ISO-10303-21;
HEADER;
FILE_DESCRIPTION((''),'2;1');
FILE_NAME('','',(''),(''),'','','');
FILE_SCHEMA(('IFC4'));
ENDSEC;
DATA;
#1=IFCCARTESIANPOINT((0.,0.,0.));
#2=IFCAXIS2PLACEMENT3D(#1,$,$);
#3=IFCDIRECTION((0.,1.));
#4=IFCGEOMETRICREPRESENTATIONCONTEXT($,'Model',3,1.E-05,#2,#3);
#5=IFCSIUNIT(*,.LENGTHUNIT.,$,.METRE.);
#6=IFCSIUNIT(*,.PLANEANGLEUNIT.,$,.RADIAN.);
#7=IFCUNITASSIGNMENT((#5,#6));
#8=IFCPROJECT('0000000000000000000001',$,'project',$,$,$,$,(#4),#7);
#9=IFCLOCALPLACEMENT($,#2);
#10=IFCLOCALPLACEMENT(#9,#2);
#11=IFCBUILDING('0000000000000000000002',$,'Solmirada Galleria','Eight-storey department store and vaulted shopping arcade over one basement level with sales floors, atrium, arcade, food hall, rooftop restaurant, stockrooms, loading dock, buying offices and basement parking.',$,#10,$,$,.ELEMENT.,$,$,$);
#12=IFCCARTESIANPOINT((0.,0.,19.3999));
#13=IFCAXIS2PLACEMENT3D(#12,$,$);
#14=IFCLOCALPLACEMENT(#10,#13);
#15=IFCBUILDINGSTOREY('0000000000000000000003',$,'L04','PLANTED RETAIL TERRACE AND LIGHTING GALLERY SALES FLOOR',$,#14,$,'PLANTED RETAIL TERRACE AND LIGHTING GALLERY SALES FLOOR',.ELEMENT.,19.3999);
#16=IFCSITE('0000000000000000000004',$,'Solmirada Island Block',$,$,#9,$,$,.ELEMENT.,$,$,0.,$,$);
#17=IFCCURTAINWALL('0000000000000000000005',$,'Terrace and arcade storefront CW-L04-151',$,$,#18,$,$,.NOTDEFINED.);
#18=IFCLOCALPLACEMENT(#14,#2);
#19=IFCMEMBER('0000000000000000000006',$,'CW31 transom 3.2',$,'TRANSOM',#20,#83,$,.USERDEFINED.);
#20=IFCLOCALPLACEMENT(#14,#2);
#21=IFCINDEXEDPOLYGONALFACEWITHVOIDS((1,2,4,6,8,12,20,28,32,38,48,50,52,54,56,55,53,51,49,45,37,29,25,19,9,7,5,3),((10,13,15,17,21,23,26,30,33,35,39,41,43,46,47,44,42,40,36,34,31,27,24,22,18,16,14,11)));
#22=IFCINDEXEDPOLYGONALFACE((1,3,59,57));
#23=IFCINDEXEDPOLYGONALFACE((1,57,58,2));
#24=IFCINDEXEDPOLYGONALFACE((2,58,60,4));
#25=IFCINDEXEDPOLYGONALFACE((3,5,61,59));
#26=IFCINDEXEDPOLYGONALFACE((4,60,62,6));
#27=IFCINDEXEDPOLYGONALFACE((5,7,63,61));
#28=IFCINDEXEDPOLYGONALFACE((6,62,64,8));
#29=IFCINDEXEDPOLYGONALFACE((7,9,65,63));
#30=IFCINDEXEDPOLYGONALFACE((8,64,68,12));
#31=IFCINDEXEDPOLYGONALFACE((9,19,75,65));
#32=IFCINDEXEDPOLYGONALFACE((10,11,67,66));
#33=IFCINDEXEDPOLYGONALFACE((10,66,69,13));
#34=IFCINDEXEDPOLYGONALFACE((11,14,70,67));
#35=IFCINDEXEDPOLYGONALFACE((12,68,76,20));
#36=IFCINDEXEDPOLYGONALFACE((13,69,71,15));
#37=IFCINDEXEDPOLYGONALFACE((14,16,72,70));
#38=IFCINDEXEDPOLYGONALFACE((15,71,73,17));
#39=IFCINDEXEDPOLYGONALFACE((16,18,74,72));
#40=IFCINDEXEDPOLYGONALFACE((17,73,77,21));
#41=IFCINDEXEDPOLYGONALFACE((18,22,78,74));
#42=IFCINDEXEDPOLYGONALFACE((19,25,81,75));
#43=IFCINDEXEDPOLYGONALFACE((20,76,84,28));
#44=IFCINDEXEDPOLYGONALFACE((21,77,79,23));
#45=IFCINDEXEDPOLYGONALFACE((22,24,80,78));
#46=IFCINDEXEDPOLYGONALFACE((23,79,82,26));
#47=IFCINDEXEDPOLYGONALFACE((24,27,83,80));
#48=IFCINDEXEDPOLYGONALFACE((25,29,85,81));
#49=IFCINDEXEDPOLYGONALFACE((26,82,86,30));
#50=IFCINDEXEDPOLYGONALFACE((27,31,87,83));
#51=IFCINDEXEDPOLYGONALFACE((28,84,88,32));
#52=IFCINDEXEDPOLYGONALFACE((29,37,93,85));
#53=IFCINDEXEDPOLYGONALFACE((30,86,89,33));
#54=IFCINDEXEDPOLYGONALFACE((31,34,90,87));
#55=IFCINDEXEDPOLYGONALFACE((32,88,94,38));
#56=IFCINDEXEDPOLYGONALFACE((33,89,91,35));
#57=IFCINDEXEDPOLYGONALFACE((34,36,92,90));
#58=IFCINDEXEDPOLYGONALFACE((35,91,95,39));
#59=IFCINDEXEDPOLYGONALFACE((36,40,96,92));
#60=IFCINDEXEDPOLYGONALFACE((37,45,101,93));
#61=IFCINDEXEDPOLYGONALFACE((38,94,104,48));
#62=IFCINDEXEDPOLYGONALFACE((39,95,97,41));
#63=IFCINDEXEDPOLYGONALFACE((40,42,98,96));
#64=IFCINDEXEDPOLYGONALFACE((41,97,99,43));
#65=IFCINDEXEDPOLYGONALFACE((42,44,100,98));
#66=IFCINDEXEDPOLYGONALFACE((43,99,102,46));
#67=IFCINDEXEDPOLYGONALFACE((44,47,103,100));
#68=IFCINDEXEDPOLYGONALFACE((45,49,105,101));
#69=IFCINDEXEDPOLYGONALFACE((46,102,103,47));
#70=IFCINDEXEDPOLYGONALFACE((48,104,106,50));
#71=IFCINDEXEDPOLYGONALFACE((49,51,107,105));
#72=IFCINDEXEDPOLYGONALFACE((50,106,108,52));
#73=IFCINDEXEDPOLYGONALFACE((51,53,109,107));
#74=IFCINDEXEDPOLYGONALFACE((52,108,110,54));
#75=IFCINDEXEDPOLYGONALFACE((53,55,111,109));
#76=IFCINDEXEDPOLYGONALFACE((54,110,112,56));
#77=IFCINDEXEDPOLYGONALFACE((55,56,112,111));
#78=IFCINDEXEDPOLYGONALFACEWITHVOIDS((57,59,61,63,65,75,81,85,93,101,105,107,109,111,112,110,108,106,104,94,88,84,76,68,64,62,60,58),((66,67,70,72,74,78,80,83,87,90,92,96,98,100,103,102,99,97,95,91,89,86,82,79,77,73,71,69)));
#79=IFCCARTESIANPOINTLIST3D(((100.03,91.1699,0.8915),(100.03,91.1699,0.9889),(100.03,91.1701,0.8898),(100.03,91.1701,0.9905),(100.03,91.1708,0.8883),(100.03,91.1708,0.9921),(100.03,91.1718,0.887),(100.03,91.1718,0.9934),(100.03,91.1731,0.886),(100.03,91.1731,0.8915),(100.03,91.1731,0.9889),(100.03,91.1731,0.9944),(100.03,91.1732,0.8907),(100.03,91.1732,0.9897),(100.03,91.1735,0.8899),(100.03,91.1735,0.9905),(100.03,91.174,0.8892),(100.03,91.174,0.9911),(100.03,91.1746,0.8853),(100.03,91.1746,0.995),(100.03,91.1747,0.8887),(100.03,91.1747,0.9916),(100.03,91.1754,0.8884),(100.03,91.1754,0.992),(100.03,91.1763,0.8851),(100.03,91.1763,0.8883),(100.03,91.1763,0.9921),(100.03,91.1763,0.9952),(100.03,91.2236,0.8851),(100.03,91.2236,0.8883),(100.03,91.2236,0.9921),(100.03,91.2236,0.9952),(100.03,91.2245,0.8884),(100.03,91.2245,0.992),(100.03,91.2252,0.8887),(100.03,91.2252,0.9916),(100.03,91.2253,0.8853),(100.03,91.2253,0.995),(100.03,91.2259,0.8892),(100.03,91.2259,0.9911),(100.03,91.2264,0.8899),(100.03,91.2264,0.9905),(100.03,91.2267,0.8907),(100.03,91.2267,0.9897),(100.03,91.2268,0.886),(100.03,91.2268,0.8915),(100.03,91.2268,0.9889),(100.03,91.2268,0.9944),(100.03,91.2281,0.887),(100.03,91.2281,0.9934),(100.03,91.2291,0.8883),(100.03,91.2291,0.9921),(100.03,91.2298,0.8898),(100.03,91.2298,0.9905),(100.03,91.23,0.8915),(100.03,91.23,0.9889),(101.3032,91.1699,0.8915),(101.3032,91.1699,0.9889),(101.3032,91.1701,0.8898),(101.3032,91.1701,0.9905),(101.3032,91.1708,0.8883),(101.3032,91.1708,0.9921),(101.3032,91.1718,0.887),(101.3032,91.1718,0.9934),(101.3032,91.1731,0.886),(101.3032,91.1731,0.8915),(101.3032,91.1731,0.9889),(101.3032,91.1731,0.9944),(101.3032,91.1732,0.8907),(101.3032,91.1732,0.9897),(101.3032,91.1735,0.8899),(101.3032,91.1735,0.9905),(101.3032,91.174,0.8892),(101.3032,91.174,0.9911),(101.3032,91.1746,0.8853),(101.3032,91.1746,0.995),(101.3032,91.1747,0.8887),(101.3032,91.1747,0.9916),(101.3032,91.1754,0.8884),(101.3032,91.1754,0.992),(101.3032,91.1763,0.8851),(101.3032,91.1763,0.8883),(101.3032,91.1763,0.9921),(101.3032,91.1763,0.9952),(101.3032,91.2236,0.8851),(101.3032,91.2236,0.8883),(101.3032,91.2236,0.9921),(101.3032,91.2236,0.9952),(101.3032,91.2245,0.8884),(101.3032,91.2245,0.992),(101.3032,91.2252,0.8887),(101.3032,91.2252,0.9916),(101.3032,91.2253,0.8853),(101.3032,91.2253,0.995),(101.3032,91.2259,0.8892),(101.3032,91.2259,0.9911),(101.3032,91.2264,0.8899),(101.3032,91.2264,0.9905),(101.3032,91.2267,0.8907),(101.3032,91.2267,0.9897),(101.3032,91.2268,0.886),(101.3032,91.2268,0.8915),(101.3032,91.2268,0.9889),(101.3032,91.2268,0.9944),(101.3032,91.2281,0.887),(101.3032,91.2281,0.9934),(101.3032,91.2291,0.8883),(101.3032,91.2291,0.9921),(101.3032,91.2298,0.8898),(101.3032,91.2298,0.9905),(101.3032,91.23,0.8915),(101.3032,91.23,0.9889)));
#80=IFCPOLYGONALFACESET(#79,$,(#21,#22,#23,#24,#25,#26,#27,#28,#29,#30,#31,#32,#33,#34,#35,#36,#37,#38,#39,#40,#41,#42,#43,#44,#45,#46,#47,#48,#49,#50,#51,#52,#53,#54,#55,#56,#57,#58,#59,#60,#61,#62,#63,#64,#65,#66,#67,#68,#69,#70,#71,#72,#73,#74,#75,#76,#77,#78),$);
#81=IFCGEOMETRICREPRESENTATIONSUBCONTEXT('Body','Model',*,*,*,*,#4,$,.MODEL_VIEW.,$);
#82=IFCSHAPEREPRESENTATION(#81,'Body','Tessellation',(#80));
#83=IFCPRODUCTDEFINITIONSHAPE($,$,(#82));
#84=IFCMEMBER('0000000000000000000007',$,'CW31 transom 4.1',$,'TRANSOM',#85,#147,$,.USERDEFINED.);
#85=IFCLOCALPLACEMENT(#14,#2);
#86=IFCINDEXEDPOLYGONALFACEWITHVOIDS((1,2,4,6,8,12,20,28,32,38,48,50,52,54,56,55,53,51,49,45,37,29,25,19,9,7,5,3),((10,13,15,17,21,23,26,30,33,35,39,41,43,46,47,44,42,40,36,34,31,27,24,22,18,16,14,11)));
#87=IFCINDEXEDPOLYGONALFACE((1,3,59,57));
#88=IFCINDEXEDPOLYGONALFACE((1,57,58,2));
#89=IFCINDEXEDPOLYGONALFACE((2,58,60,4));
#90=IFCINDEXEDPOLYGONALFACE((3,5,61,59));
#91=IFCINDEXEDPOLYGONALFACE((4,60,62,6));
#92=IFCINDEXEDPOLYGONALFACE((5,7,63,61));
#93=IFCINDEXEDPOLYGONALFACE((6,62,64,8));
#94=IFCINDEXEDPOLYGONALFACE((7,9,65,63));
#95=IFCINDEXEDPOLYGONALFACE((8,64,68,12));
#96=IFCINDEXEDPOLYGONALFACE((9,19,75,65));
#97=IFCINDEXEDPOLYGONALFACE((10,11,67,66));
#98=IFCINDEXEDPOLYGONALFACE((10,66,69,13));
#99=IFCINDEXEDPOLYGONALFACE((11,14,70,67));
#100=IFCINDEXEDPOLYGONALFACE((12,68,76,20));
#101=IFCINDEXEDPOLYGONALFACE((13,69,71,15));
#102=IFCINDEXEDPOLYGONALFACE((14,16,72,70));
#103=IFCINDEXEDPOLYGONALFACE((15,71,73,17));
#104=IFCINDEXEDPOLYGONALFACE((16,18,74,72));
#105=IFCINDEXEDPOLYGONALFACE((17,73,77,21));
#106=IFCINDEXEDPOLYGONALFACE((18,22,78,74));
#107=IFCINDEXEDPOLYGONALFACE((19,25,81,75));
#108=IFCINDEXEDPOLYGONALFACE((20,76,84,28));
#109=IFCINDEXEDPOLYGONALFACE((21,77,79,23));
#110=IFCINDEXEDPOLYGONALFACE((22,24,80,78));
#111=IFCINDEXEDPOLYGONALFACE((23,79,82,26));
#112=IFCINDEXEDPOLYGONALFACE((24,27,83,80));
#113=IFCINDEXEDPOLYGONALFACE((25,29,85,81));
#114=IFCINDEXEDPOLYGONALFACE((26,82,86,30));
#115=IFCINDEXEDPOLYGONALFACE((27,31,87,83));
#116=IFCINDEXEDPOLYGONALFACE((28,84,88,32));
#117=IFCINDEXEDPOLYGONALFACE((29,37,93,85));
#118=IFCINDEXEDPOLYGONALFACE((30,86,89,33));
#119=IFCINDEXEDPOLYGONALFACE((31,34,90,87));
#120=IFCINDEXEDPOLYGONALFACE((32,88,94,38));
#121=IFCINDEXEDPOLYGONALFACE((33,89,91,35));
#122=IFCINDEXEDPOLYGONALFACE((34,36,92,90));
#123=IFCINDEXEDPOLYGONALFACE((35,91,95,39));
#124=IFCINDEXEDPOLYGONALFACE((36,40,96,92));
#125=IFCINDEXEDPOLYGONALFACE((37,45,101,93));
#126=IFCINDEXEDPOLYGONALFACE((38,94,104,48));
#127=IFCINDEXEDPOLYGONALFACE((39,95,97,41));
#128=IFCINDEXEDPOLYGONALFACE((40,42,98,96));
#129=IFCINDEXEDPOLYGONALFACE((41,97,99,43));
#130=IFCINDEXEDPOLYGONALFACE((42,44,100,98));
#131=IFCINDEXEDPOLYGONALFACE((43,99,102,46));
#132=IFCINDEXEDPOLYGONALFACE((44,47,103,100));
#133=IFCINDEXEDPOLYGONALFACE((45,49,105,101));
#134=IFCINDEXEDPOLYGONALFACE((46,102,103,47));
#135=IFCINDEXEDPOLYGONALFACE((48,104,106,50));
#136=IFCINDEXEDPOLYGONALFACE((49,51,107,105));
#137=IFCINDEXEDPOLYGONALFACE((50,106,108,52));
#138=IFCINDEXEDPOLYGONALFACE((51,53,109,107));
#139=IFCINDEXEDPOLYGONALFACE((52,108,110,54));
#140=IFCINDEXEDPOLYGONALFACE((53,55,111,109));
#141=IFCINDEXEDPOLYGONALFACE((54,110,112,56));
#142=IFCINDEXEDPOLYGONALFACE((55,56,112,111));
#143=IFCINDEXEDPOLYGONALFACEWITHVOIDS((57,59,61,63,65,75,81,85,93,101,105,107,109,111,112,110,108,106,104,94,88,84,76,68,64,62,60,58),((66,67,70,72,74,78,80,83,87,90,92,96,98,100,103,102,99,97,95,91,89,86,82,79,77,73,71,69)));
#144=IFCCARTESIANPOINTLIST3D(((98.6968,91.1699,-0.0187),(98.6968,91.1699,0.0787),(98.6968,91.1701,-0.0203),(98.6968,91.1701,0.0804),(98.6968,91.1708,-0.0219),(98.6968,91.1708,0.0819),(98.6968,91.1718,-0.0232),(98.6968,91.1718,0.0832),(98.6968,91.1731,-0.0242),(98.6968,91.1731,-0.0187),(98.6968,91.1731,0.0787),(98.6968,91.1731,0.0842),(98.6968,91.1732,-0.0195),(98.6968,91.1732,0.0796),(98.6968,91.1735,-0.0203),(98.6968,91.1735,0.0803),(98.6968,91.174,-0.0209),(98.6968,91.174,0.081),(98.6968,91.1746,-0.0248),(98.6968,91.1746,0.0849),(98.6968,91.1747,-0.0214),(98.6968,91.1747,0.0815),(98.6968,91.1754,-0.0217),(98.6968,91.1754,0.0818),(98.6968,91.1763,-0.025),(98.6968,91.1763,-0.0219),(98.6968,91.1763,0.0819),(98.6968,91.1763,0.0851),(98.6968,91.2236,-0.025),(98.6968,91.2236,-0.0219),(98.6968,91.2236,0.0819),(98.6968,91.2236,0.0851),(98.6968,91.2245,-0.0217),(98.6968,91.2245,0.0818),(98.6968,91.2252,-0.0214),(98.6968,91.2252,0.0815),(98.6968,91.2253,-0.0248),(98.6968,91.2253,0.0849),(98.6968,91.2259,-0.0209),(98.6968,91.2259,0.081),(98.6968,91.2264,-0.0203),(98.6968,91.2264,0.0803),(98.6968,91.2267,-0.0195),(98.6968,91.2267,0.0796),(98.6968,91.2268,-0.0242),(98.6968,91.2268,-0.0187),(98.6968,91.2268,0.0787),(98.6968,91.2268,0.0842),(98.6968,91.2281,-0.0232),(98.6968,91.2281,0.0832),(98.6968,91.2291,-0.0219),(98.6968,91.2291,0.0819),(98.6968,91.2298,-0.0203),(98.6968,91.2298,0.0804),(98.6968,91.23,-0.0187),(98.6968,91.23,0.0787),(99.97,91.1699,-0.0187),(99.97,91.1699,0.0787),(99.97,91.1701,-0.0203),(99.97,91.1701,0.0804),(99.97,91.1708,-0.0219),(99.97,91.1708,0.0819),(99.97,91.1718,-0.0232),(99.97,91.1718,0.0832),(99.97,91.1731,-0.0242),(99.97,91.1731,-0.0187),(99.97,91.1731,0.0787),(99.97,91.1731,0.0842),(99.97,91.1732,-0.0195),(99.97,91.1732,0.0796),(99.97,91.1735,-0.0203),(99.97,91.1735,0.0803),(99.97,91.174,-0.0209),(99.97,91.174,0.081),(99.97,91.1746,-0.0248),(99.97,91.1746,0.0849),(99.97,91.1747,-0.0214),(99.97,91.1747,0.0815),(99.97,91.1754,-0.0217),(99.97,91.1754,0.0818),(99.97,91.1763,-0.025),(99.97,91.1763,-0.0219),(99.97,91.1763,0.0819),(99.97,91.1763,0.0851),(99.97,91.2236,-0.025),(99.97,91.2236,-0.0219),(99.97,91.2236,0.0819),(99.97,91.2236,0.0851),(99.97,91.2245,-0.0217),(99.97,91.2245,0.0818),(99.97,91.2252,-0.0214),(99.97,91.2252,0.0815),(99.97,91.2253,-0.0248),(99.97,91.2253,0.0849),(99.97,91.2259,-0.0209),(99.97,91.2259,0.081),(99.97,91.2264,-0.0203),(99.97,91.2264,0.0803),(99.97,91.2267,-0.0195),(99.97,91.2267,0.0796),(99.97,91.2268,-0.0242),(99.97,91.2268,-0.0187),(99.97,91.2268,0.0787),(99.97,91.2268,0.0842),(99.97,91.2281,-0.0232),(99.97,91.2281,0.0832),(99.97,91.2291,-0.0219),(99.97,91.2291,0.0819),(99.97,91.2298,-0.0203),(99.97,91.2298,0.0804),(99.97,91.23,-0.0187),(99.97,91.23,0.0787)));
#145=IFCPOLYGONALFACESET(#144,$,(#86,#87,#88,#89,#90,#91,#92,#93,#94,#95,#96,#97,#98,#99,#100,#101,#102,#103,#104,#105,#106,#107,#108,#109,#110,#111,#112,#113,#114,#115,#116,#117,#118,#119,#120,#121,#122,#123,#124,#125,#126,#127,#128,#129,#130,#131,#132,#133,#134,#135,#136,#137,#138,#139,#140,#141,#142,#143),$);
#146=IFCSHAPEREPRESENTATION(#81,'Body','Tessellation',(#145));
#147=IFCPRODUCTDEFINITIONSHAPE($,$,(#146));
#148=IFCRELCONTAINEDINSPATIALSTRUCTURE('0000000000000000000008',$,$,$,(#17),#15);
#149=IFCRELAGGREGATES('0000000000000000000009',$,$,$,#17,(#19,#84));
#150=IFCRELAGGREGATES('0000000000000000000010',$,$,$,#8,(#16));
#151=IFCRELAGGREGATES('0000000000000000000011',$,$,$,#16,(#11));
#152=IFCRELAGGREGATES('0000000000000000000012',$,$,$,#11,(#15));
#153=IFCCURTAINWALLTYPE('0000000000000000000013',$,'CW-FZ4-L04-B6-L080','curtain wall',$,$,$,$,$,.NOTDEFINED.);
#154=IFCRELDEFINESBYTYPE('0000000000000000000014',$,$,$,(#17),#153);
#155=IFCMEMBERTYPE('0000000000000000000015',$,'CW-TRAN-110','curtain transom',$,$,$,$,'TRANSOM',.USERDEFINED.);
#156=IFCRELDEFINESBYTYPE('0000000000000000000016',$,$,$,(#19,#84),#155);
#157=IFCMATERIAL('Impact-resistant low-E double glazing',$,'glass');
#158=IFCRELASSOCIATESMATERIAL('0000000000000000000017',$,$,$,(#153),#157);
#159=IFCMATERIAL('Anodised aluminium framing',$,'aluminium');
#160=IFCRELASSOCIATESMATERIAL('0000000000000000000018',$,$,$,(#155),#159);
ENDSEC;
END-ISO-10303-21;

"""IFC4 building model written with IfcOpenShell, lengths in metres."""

from ifc_helpers import new_model, si_unit, direction, frame, origin, origin_2d, place, context, subcontext, project, spatial, hollow_rectangle, extrude, material, material_profile, profile_set, type_object, element, aggregate, save


model = new_model("IFC4")

# Units and contexts
model_context = context("Model", 3, precision=1e-05, world=origin(), true_north=direction((0.0, 1.0)))
body_context = subcontext(model_context, "Body", "Model", "MODEL_VIEW")
ifc_project = project(units=[si_unit("LENGTHUNIT", "METRE"), si_unit("PLANEANGLEUNIT", "RADIAN")], contexts=[model_context])

# Site, building, storey
site_placement = place(None, origin())
site = spatial("IfcSite", under=ifc_project, at=site_placement, Name="Solmirada Island Block", CompositionType="ELEMENT", RefElevation=0.0)
building_placement = place(site_placement, origin())
building = spatial("IfcBuilding", under=site, at=building_placement, Name="Solmirada Galleria", Description="Eight-storey department store and vaulted shopping arcade over one basement level with sales floors, atrium, arcade, food hall, rooftop restaurant, stockrooms, loading dock, buying offices and basement parking.", CompositionType="ELEMENT")
storey_placement = place(building_placement, frame((0.0, 0.0, 19.3999)))
storey = spatial("IfcBuildingStorey", under=building, at=storey_placement, Name="L04", Description="PLANTED RETAIL TERRACE AND LIGHTING GALLERY SALES FLOOR", LongName="PLANTED RETAIL TERRACE AND LIGHTING GALLERY SALES FLOOR", CompositionType="ELEMENT", Elevation=19.3999)

# Curtain wall, members
ifc_material_1 = material(Name="Impact-resistant low-E double glazing", Category="glass")
curtain_wall_type = type_object("IfcCurtainWallType", Name="CW-FZ4-L04-B6-L080", Description="curtain wall", PredefinedType="NOTDEFINED", material=ifc_material_1)
curtain_wall_placement = place(storey_placement, origin())
curtain_wall = element("IfcCurtainWall", 1, at=curtain_wall_placement, inside=storey, type_object=curtain_wall_type, Name="Terrace and arcade storefront CW-L04-151", PredefinedType="NOTDEFINED")
ifc_material_2 = material(Name="Anodised aluminium framing", Category="aluminium")
ifc_material_profile_1 = material_profile(ifc_material_2, hollow_rectangle(XDim=0.0601, YDim=0.1101, WallThickness=0.0032, InnerFilletRadius=0.0032, OuterFilletRadius=0.0063, at=origin_2d()), Name="ALU-TRAN-110X60")
ifc_profile_set_1 = profile_set([ifc_material_profile_1], Name="Anodised aluminium framing")
member_type_1 = type_object("IfcMemberType", Name="CW-TRAN-110", Description="curtain transom", ElementType="TRANSOM", PredefinedType="USERDEFINED", material=ifc_profile_set_1)
member_1_placement = place(storey_placement, frame((101.3032, 91.2, 0.9402), z_axis=(-1.0, 0.0, 0.0), x_axis=(0.0, -1.0, 0.0)))
member_1 = element("IfcMember", 2, at=member_1_placement, type_object=member_type_1, Name="CW31 transom 3.2", ObjectType="TRANSOM", PredefinedType="USERDEFINED", context=body_context, shape_type="SweptSolid", body=[
    extrude(hollow_rectangle(XDim=0.0601, YDim=0.1101, WallThickness=0.0032, InnerFilletRadius=0.0032, OuterFilletRadius=0.0063, at=origin_2d()), origin(), (0.0, 0.0, 1.0), 1.2732),
])
member_2_placement = place(storey_placement, frame((99.97, 91.2, 0.03), z_axis=(-1.0, 0.0, 0.0), x_axis=(0.0, -1.0, 0.0)))
member_2 = element("IfcMember", 3, at=member_2_placement, type_object=member_type_1, Name="CW31 transom 4.1", ObjectType="TRANSOM", PredefinedType="USERDEFINED", context=body_context, shape_type="SweptSolid", body=[
    extrude(hollow_rectangle(XDim=0.0601, YDim=0.1101, WallThickness=0.0032, InnerFilletRadius=0.0032, OuterFilletRadius=0.0063, at=origin_2d()), origin(), (0.0, 0.0, 1.0), 1.2732),
])
aggregate(curtain_wall, [member_1, member_2])

save(model, "model.ifc")
